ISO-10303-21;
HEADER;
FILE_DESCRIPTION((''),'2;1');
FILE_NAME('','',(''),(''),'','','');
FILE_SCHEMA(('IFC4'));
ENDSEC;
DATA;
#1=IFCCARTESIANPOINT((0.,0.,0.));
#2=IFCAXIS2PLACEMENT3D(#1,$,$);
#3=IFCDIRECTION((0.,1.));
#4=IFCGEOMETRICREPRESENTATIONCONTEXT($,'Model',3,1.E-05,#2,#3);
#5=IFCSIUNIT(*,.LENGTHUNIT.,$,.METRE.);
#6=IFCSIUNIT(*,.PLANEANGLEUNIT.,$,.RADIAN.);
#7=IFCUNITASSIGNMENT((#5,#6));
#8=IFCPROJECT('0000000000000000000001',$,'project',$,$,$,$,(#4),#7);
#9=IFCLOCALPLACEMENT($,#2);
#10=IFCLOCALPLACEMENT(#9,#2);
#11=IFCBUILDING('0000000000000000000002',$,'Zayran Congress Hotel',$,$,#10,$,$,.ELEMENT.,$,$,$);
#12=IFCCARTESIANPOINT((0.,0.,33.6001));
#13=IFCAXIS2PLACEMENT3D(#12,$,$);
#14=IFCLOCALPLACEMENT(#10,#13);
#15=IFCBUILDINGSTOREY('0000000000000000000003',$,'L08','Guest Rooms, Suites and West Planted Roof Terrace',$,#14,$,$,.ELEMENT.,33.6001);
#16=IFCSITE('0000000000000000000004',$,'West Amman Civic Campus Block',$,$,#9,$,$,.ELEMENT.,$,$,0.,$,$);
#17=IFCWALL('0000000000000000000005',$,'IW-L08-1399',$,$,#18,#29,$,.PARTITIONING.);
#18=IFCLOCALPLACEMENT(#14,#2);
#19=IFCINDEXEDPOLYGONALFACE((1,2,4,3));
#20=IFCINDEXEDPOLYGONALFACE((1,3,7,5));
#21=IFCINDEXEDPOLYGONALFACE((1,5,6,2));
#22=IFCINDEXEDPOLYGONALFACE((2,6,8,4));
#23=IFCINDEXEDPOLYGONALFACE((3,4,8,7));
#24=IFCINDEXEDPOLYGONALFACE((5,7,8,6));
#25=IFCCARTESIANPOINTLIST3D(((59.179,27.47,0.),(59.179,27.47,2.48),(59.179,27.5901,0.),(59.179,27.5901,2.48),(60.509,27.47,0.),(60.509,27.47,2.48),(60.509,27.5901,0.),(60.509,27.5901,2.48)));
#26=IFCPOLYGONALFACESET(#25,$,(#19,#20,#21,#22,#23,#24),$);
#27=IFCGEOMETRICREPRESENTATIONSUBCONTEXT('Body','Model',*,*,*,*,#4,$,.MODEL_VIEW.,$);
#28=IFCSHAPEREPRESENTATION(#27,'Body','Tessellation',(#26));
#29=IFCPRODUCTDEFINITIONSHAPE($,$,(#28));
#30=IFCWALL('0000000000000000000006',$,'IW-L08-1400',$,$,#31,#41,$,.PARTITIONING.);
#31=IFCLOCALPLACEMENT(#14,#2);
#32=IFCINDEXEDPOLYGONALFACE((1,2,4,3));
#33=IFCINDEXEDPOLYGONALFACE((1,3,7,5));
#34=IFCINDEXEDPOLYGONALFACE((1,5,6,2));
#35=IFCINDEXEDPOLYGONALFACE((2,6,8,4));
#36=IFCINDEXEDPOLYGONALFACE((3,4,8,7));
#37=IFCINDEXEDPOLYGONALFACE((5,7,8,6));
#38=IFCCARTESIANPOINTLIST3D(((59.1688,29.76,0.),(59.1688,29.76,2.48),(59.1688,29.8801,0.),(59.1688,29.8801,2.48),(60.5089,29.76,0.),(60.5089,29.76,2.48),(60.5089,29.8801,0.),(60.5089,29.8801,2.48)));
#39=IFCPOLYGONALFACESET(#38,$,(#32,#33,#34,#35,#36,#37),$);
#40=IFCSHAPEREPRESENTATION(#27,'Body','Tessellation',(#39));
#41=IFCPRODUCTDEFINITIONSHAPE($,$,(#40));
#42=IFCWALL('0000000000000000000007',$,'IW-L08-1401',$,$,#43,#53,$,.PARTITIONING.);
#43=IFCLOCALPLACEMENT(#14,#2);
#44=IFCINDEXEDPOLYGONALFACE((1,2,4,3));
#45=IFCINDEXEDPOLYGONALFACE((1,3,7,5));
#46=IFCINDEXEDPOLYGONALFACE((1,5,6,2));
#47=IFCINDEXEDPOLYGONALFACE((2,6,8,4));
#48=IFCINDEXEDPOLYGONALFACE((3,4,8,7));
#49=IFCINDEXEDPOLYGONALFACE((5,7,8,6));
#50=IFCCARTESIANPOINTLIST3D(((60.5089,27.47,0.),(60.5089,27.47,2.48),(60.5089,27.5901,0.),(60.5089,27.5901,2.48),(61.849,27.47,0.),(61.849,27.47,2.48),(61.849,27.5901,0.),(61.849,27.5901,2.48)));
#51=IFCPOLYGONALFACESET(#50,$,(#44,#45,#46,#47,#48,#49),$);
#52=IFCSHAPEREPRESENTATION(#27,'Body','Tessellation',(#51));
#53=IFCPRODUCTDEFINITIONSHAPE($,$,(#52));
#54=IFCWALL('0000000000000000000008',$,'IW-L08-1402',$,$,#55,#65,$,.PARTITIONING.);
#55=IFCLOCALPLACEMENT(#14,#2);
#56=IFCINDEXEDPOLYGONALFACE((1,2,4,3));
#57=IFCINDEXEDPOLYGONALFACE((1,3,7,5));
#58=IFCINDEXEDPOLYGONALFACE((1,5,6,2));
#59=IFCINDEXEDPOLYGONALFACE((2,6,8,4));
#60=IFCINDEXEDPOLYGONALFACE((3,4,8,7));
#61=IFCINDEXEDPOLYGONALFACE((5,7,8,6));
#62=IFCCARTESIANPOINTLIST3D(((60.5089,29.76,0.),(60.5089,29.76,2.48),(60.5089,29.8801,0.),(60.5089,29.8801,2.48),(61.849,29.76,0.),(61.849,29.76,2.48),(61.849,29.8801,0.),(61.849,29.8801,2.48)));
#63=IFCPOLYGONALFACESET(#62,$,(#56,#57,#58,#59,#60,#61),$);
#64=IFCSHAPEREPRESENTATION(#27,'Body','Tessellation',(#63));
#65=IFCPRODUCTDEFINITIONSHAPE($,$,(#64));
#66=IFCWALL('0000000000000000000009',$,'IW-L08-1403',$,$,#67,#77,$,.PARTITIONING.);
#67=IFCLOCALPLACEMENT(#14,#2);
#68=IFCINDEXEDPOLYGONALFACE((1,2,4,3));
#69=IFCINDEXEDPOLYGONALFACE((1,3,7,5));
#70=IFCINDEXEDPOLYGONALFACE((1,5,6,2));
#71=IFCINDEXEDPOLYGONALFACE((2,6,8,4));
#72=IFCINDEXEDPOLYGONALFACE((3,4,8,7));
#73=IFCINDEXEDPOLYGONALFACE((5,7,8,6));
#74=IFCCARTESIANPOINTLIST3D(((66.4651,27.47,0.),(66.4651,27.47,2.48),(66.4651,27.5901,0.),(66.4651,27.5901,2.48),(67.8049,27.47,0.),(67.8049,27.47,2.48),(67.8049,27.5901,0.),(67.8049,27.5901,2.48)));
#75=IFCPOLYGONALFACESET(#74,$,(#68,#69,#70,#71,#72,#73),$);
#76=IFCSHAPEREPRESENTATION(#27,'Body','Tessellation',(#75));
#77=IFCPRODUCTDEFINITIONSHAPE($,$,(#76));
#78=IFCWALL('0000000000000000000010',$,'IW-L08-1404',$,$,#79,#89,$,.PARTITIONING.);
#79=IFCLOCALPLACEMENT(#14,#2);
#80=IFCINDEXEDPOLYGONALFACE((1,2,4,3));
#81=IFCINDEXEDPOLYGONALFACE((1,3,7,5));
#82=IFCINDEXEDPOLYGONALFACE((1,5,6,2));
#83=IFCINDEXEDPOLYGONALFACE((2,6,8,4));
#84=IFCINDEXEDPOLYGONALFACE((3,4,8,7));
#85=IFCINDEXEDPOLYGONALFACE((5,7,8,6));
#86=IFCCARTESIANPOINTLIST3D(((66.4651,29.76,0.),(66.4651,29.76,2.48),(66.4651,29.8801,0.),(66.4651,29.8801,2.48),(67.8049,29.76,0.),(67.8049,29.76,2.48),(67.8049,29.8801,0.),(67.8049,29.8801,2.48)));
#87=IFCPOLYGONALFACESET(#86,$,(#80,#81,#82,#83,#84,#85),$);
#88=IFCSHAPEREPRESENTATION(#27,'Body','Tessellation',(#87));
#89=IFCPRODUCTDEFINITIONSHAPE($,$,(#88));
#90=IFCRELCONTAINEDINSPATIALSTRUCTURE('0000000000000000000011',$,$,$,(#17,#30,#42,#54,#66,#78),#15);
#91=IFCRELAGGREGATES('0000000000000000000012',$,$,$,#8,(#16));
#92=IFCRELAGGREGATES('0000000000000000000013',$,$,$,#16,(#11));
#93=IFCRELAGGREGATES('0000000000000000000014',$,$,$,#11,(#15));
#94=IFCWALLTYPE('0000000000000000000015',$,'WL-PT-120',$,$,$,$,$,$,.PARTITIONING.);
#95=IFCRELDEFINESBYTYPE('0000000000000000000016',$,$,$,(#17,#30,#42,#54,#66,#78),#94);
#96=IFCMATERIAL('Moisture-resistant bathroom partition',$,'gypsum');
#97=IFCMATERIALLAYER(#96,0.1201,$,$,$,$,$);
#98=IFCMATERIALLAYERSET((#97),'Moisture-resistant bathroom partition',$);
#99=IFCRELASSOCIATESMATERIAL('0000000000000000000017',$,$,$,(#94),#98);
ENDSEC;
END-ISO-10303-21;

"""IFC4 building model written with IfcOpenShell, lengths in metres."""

from ifc_helpers import new_model, si_unit, direction, frame, frame_2d, origin, place, context, subcontext, project, spatial, rectangle, extrude, material, layer, layer_set, type_object, element, save


model = new_model("IFC4")

# Units and contexts
model_context = context("Model", 3, precision=1e-05, world=origin(), true_north=direction((0.0, 1.0)))
body_context = subcontext(model_context, "Body", "Model", "MODEL_VIEW")
ifc_project = project(units=[si_unit("LENGTHUNIT", "METRE"), si_unit("PLANEANGLEUNIT", "RADIAN")], contexts=[model_context])

# Site, building, storey
site_placement = place(None, origin())
site = spatial("IfcSite", under=ifc_project, at=site_placement, Name="West Amman Civic Campus Block", CompositionType="ELEMENT", RefElevation=0.0)
building_placement = place(site_placement, origin())
building = spatial("IfcBuilding", under=site, at=building_placement, Name="Zayran Congress Hotel", CompositionType="ELEMENT")
storey_placement = place(building_placement, frame((0.0, 0.0, 33.6001)))
storey = spatial("IfcBuildingStorey", under=building, at=storey_placement, Name="L08", Description="Guest Rooms, Suites and West Planted Roof Terrace", CompositionType="ELEMENT", Elevation=33.6001)

# Shared definitions
ifc_material_1 = material(Name="Moisture-resistant bathroom partition", Category="gypsum")
ifc_layer_1 = layer(ifc_material_1, 0.1201)
ifc_layer_set_1 = layer_set([ifc_layer_1], Name="Moisture-resistant bathroom partition")
wall_type_1 = type_object("IfcWallType", Name="WL-PT-120", PredefinedType="PARTITIONING", material=ifc_layer_set_1)

# Walls
wall_1_placement = place(storey_placement, frame((59.179, 27.53, 0.0), z_axis=(0.0, 0.0, 1.0), x_axis=(1.0, 0.0, 0.0)))
element("IfcWall", 1, at=wall_1_placement, inside=storey, type_object=wall_type_1, Name="IW-L08-1399", PredefinedType="PARTITIONING", context=body_context, shape_type="SweptSolid", body=[
    extrude(rectangle(XDim=1.3301, YDim=0.1201, at=frame_2d((0.665, 0.0))), origin(), (0.0, 0.0, 1.0), 2.48),
])
for number, where, z_axis, x_axis, name in (
    (2, (59.1689, 29.8201, 0.0), (0.0, 0.0, 1.0), (1.0, 0.0, 0.0), "IW-L08-1400"),
    (3, (60.509, 27.53, 0.0), (0.0, 0.0, 1.0), (1.0, 0.0, 0.0), "IW-L08-1401"),
    (4, (60.509, 29.8201, 0.0), (0.0, 0.0, 1.0), (1.0, 0.0, 0.0), "IW-L08-1402"),
):
    element("IfcWall", number, at=place(storey_placement, frame(where, z_axis=z_axis, x_axis=x_axis)), inside=storey, type_object=wall_type_1, Name=name, PredefinedType="PARTITIONING", context=body_context, shape_type="SweptSolid", body=[
        extrude(rectangle(XDim=1.3401, YDim=0.1201, at=frame_2d((0.6699, 0.0))), origin(), (0.0, 0.0, 1.0), 2.48),
    ])
for number, where, z_axis, x_axis, name in (
    (5, (66.4651, 27.53, 0.0), (0.0, 0.0, 1.0), (1.0, 0.0, 0.0), "IW-L08-1403"),
    (6, (66.4651, 29.8201, 0.0), (0.0, 0.0, 1.0), (1.0, 0.0, 0.0), "IW-L08-1404"),
):
    element("IfcWall", number, at=place(storey_placement, frame(where, z_axis=z_axis, x_axis=x_axis)), inside=storey, type_object=wall_type_1, Name=name, PredefinedType="PARTITIONING", context=body_context, shape_type="SweptSolid", body=[
        extrude(rectangle(XDim=1.3398, YDim=0.1201, at=frame_2d((0.6699, 0.0))), origin(), (0.0, 0.0, 1.0), 2.48),
    ])

save(model, "model.ifc")
